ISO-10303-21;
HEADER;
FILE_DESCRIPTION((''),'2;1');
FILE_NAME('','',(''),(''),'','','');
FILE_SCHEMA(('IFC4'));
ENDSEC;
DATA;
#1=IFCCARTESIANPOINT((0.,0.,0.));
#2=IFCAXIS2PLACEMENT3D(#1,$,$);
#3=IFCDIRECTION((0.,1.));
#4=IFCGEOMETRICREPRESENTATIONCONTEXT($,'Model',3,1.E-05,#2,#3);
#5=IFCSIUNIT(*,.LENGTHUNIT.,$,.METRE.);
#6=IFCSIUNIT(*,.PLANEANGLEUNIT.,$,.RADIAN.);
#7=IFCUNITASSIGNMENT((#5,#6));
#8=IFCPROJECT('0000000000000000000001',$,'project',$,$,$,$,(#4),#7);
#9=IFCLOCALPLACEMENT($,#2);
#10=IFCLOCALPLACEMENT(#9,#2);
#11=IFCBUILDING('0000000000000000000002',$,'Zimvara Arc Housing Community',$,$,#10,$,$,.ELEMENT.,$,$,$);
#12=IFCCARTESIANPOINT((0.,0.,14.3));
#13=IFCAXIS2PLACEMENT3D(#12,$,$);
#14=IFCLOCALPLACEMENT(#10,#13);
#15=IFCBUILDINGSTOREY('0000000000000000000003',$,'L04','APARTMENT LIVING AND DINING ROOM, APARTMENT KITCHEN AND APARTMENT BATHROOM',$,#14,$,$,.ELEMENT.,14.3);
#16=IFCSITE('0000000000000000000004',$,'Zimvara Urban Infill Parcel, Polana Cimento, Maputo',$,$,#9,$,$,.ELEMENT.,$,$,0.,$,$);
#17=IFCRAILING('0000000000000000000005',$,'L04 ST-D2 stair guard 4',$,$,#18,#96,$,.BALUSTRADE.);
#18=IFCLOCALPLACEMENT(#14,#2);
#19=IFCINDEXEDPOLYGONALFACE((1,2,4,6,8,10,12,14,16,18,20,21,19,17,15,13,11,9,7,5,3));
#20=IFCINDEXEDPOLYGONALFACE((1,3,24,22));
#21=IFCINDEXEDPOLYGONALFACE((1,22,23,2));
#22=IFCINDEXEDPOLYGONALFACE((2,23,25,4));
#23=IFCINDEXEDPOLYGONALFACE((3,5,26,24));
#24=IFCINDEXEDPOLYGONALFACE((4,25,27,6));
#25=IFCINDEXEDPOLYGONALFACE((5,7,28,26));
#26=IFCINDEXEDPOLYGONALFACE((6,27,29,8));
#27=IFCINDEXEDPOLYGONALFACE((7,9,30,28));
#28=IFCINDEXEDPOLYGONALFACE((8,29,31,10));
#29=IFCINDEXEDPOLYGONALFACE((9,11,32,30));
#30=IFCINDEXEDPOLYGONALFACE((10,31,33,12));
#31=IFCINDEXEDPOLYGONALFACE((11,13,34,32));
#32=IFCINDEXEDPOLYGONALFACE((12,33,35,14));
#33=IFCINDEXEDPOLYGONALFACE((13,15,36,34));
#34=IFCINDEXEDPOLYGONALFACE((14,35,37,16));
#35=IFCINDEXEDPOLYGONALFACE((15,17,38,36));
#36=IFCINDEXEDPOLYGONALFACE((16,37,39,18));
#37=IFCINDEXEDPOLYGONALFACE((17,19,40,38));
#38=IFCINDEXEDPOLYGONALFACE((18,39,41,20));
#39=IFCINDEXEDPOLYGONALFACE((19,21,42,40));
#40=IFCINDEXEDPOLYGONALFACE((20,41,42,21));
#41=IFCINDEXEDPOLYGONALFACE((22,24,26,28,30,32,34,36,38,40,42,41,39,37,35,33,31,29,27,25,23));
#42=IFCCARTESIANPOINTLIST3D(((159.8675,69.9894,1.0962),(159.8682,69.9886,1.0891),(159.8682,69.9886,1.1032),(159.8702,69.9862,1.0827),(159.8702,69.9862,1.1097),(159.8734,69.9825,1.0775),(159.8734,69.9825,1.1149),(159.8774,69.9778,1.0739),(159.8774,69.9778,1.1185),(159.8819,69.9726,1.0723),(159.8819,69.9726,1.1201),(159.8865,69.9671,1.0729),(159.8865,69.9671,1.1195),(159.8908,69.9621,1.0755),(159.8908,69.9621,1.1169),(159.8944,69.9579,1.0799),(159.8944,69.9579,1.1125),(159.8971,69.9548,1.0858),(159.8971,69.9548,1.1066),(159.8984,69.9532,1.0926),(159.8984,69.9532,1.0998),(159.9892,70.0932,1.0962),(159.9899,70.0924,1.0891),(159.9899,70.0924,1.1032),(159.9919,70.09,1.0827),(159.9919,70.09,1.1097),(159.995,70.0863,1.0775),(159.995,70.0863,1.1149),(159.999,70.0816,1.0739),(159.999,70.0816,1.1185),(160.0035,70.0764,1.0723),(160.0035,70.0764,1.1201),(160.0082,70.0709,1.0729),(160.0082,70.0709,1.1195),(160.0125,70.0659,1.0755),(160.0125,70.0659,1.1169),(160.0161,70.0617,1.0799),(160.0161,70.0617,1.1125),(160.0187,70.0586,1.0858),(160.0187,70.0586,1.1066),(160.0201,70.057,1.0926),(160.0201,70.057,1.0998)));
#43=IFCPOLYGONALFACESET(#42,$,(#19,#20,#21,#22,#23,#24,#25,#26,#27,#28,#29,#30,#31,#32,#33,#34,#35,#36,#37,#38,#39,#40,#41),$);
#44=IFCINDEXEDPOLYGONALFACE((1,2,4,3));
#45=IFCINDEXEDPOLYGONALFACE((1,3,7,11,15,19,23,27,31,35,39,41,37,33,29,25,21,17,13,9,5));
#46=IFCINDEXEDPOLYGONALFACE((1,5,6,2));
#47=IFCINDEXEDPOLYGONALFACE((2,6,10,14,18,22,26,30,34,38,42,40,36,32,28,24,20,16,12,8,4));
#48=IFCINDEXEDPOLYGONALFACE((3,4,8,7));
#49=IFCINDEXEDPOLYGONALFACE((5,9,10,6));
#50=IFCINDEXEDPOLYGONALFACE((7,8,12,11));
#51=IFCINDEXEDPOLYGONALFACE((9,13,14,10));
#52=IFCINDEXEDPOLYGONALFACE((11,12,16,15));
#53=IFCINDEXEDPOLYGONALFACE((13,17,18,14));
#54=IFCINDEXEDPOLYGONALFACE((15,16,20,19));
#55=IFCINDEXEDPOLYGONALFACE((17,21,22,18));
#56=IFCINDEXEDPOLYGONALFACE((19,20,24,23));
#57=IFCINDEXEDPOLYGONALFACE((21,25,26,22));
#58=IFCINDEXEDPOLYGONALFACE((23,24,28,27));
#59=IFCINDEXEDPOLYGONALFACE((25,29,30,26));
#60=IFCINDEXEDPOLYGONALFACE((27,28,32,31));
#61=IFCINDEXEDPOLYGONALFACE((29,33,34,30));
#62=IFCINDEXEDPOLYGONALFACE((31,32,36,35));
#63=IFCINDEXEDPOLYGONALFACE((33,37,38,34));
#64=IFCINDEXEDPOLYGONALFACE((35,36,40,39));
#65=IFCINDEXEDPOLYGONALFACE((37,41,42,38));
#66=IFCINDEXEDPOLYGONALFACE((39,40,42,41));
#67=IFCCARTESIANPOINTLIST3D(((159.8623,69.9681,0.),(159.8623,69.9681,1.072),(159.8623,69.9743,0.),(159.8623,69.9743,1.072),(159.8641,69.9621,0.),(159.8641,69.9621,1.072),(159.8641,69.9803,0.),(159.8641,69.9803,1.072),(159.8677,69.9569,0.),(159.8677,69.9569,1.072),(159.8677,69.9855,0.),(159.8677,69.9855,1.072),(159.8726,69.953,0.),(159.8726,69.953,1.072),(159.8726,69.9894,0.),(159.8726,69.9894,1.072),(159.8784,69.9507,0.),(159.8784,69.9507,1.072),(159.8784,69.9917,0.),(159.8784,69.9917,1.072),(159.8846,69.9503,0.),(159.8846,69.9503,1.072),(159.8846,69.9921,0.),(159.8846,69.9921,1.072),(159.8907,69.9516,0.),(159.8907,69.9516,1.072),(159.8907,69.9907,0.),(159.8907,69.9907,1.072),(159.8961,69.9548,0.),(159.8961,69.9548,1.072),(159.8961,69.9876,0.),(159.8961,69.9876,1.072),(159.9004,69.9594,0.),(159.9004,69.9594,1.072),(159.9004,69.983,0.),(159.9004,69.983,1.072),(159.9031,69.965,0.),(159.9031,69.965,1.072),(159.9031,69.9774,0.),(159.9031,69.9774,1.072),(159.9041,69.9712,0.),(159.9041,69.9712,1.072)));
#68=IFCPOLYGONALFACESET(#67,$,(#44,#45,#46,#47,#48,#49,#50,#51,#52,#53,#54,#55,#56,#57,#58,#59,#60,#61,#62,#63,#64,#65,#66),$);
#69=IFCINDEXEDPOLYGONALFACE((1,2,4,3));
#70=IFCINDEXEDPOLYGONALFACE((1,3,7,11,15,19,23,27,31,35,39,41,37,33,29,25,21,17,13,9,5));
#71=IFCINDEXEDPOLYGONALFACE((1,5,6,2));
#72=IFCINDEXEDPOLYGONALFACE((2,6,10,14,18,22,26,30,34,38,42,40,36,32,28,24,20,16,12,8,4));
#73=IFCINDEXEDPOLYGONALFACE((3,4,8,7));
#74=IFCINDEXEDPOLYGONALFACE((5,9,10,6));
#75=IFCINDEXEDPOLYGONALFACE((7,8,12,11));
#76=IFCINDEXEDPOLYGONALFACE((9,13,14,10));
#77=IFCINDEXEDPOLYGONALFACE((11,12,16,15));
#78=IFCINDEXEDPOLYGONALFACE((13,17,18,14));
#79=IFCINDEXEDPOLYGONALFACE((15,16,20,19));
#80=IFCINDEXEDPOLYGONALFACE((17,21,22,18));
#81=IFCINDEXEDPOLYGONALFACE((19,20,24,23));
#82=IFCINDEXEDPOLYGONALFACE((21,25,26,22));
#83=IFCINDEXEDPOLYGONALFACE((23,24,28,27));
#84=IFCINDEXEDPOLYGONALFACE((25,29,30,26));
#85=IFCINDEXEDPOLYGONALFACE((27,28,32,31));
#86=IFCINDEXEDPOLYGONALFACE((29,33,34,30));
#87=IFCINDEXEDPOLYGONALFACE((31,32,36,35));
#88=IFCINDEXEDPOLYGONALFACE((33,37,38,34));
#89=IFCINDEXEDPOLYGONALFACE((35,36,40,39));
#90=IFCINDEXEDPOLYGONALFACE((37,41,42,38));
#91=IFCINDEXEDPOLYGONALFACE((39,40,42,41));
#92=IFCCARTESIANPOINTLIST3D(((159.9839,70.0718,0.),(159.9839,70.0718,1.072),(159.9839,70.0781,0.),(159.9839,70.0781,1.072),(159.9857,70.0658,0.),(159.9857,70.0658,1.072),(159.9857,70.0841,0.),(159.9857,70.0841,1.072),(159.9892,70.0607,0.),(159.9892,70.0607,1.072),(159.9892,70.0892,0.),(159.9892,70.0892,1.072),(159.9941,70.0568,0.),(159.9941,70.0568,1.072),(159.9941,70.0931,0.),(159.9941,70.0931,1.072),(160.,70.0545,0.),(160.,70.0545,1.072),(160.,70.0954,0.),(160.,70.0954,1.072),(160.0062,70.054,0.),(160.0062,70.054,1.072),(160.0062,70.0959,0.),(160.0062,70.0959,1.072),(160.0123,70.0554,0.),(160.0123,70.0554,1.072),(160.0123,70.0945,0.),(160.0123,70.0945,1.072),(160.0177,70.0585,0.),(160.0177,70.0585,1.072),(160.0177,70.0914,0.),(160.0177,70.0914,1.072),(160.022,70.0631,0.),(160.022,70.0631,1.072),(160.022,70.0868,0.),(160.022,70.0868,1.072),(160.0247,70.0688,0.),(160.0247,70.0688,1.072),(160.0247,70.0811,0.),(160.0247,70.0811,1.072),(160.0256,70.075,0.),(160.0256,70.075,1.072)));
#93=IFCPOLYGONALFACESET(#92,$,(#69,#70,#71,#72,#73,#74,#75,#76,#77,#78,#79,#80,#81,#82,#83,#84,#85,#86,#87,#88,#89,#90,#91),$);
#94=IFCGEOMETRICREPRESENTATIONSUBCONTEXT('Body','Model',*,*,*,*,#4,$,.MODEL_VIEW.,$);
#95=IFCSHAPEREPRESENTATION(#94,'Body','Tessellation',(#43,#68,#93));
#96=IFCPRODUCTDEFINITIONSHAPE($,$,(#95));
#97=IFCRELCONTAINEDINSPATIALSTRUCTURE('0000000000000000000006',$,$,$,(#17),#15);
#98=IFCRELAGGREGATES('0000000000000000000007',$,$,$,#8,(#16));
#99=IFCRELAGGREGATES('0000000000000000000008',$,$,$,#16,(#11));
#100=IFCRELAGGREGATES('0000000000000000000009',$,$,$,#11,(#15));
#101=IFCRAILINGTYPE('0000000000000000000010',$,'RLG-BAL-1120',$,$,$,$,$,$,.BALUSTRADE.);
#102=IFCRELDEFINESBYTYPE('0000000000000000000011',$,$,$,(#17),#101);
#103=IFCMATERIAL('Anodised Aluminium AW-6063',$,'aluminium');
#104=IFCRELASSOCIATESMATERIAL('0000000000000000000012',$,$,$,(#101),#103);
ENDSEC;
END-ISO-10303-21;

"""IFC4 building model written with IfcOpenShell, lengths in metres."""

from ifc_helpers import new_model, si_unit, direction, frame, origin, origin_2d, place, context, subcontext, project, spatial, circle, extrude, material, type_object, element, save


model = new_model("IFC4")

# Units and contexts
model_context = context("Model", 3, precision=1e-05, world=origin(), true_north=direction((0.0, 1.0)))
body_context = subcontext(model_context, "Body", "Model", "MODEL_VIEW")
ifc_project = project(units=[si_unit("LENGTHUNIT", "METRE"), si_unit("PLANEANGLEUNIT", "RADIAN")], contexts=[model_context])

# Site, building, storey
site_placement = place(None, origin())
site = spatial("IfcSite", under=ifc_project, at=site_placement, Name="Zimvara Urban Infill Parcel, Polana Cimento, Maputo", CompositionType="ELEMENT", RefElevation=0.0)
building_placement = place(site_placement, origin())
building = spatial("IfcBuilding", under=site, at=building_placement, Name="Zimvara Arc Housing Community", CompositionType="ELEMENT")
storey_placement = place(building_placement, frame((0.0, 0.0, 14.3)))
storey = spatial("IfcBuildingStorey", under=building, at=storey_placement, Name="L04", Description="APARTMENT LIVING AND DINING ROOM, APARTMENT KITCHEN AND APARTMENT BATHROOM", CompositionType="ELEMENT", Elevation=14.3)

# Railing
ifc_material_1 = material(Name="Anodised Aluminium AW-6063", Category="aluminium")
railing_type_1 = type_object("IfcRailingType", Name="RLG-BAL-1120", PredefinedType="BALUSTRADE", material=ifc_material_1)
railing_1_placement = place(storey_placement, frame((159.8831, 69.9712, 0.0)))
element("IfcRailing", 1, at=railing_1_placement, inside=storey, type_object=railing_type_1, Name="L04 ST-D2 stair guard 4", PredefinedType="BALUSTRADE", context=body_context, shape_type="SweptSolid", body=[
    extrude(circle(Radius=0.0239, at=origin_2d()), frame((0.0, 0.0, 1.0962), z_axis=(0.760656, 0.649155, 0.0), x_axis=(-0.649155, 0.760656, 0.0)), (0.0, 0.0, 1.0), 0.1599),
    extrude(circle(Radius=0.021, at=origin_2d()), origin(), (0.0, 0.0, 1.0), 1.072),
    extrude(circle(Radius=0.021, at=origin_2d()), frame((0.1216, 0.1038, 0.0)), (0.0, 0.0, 1.0), 1.072),
])

save(model, "model.ifc")
